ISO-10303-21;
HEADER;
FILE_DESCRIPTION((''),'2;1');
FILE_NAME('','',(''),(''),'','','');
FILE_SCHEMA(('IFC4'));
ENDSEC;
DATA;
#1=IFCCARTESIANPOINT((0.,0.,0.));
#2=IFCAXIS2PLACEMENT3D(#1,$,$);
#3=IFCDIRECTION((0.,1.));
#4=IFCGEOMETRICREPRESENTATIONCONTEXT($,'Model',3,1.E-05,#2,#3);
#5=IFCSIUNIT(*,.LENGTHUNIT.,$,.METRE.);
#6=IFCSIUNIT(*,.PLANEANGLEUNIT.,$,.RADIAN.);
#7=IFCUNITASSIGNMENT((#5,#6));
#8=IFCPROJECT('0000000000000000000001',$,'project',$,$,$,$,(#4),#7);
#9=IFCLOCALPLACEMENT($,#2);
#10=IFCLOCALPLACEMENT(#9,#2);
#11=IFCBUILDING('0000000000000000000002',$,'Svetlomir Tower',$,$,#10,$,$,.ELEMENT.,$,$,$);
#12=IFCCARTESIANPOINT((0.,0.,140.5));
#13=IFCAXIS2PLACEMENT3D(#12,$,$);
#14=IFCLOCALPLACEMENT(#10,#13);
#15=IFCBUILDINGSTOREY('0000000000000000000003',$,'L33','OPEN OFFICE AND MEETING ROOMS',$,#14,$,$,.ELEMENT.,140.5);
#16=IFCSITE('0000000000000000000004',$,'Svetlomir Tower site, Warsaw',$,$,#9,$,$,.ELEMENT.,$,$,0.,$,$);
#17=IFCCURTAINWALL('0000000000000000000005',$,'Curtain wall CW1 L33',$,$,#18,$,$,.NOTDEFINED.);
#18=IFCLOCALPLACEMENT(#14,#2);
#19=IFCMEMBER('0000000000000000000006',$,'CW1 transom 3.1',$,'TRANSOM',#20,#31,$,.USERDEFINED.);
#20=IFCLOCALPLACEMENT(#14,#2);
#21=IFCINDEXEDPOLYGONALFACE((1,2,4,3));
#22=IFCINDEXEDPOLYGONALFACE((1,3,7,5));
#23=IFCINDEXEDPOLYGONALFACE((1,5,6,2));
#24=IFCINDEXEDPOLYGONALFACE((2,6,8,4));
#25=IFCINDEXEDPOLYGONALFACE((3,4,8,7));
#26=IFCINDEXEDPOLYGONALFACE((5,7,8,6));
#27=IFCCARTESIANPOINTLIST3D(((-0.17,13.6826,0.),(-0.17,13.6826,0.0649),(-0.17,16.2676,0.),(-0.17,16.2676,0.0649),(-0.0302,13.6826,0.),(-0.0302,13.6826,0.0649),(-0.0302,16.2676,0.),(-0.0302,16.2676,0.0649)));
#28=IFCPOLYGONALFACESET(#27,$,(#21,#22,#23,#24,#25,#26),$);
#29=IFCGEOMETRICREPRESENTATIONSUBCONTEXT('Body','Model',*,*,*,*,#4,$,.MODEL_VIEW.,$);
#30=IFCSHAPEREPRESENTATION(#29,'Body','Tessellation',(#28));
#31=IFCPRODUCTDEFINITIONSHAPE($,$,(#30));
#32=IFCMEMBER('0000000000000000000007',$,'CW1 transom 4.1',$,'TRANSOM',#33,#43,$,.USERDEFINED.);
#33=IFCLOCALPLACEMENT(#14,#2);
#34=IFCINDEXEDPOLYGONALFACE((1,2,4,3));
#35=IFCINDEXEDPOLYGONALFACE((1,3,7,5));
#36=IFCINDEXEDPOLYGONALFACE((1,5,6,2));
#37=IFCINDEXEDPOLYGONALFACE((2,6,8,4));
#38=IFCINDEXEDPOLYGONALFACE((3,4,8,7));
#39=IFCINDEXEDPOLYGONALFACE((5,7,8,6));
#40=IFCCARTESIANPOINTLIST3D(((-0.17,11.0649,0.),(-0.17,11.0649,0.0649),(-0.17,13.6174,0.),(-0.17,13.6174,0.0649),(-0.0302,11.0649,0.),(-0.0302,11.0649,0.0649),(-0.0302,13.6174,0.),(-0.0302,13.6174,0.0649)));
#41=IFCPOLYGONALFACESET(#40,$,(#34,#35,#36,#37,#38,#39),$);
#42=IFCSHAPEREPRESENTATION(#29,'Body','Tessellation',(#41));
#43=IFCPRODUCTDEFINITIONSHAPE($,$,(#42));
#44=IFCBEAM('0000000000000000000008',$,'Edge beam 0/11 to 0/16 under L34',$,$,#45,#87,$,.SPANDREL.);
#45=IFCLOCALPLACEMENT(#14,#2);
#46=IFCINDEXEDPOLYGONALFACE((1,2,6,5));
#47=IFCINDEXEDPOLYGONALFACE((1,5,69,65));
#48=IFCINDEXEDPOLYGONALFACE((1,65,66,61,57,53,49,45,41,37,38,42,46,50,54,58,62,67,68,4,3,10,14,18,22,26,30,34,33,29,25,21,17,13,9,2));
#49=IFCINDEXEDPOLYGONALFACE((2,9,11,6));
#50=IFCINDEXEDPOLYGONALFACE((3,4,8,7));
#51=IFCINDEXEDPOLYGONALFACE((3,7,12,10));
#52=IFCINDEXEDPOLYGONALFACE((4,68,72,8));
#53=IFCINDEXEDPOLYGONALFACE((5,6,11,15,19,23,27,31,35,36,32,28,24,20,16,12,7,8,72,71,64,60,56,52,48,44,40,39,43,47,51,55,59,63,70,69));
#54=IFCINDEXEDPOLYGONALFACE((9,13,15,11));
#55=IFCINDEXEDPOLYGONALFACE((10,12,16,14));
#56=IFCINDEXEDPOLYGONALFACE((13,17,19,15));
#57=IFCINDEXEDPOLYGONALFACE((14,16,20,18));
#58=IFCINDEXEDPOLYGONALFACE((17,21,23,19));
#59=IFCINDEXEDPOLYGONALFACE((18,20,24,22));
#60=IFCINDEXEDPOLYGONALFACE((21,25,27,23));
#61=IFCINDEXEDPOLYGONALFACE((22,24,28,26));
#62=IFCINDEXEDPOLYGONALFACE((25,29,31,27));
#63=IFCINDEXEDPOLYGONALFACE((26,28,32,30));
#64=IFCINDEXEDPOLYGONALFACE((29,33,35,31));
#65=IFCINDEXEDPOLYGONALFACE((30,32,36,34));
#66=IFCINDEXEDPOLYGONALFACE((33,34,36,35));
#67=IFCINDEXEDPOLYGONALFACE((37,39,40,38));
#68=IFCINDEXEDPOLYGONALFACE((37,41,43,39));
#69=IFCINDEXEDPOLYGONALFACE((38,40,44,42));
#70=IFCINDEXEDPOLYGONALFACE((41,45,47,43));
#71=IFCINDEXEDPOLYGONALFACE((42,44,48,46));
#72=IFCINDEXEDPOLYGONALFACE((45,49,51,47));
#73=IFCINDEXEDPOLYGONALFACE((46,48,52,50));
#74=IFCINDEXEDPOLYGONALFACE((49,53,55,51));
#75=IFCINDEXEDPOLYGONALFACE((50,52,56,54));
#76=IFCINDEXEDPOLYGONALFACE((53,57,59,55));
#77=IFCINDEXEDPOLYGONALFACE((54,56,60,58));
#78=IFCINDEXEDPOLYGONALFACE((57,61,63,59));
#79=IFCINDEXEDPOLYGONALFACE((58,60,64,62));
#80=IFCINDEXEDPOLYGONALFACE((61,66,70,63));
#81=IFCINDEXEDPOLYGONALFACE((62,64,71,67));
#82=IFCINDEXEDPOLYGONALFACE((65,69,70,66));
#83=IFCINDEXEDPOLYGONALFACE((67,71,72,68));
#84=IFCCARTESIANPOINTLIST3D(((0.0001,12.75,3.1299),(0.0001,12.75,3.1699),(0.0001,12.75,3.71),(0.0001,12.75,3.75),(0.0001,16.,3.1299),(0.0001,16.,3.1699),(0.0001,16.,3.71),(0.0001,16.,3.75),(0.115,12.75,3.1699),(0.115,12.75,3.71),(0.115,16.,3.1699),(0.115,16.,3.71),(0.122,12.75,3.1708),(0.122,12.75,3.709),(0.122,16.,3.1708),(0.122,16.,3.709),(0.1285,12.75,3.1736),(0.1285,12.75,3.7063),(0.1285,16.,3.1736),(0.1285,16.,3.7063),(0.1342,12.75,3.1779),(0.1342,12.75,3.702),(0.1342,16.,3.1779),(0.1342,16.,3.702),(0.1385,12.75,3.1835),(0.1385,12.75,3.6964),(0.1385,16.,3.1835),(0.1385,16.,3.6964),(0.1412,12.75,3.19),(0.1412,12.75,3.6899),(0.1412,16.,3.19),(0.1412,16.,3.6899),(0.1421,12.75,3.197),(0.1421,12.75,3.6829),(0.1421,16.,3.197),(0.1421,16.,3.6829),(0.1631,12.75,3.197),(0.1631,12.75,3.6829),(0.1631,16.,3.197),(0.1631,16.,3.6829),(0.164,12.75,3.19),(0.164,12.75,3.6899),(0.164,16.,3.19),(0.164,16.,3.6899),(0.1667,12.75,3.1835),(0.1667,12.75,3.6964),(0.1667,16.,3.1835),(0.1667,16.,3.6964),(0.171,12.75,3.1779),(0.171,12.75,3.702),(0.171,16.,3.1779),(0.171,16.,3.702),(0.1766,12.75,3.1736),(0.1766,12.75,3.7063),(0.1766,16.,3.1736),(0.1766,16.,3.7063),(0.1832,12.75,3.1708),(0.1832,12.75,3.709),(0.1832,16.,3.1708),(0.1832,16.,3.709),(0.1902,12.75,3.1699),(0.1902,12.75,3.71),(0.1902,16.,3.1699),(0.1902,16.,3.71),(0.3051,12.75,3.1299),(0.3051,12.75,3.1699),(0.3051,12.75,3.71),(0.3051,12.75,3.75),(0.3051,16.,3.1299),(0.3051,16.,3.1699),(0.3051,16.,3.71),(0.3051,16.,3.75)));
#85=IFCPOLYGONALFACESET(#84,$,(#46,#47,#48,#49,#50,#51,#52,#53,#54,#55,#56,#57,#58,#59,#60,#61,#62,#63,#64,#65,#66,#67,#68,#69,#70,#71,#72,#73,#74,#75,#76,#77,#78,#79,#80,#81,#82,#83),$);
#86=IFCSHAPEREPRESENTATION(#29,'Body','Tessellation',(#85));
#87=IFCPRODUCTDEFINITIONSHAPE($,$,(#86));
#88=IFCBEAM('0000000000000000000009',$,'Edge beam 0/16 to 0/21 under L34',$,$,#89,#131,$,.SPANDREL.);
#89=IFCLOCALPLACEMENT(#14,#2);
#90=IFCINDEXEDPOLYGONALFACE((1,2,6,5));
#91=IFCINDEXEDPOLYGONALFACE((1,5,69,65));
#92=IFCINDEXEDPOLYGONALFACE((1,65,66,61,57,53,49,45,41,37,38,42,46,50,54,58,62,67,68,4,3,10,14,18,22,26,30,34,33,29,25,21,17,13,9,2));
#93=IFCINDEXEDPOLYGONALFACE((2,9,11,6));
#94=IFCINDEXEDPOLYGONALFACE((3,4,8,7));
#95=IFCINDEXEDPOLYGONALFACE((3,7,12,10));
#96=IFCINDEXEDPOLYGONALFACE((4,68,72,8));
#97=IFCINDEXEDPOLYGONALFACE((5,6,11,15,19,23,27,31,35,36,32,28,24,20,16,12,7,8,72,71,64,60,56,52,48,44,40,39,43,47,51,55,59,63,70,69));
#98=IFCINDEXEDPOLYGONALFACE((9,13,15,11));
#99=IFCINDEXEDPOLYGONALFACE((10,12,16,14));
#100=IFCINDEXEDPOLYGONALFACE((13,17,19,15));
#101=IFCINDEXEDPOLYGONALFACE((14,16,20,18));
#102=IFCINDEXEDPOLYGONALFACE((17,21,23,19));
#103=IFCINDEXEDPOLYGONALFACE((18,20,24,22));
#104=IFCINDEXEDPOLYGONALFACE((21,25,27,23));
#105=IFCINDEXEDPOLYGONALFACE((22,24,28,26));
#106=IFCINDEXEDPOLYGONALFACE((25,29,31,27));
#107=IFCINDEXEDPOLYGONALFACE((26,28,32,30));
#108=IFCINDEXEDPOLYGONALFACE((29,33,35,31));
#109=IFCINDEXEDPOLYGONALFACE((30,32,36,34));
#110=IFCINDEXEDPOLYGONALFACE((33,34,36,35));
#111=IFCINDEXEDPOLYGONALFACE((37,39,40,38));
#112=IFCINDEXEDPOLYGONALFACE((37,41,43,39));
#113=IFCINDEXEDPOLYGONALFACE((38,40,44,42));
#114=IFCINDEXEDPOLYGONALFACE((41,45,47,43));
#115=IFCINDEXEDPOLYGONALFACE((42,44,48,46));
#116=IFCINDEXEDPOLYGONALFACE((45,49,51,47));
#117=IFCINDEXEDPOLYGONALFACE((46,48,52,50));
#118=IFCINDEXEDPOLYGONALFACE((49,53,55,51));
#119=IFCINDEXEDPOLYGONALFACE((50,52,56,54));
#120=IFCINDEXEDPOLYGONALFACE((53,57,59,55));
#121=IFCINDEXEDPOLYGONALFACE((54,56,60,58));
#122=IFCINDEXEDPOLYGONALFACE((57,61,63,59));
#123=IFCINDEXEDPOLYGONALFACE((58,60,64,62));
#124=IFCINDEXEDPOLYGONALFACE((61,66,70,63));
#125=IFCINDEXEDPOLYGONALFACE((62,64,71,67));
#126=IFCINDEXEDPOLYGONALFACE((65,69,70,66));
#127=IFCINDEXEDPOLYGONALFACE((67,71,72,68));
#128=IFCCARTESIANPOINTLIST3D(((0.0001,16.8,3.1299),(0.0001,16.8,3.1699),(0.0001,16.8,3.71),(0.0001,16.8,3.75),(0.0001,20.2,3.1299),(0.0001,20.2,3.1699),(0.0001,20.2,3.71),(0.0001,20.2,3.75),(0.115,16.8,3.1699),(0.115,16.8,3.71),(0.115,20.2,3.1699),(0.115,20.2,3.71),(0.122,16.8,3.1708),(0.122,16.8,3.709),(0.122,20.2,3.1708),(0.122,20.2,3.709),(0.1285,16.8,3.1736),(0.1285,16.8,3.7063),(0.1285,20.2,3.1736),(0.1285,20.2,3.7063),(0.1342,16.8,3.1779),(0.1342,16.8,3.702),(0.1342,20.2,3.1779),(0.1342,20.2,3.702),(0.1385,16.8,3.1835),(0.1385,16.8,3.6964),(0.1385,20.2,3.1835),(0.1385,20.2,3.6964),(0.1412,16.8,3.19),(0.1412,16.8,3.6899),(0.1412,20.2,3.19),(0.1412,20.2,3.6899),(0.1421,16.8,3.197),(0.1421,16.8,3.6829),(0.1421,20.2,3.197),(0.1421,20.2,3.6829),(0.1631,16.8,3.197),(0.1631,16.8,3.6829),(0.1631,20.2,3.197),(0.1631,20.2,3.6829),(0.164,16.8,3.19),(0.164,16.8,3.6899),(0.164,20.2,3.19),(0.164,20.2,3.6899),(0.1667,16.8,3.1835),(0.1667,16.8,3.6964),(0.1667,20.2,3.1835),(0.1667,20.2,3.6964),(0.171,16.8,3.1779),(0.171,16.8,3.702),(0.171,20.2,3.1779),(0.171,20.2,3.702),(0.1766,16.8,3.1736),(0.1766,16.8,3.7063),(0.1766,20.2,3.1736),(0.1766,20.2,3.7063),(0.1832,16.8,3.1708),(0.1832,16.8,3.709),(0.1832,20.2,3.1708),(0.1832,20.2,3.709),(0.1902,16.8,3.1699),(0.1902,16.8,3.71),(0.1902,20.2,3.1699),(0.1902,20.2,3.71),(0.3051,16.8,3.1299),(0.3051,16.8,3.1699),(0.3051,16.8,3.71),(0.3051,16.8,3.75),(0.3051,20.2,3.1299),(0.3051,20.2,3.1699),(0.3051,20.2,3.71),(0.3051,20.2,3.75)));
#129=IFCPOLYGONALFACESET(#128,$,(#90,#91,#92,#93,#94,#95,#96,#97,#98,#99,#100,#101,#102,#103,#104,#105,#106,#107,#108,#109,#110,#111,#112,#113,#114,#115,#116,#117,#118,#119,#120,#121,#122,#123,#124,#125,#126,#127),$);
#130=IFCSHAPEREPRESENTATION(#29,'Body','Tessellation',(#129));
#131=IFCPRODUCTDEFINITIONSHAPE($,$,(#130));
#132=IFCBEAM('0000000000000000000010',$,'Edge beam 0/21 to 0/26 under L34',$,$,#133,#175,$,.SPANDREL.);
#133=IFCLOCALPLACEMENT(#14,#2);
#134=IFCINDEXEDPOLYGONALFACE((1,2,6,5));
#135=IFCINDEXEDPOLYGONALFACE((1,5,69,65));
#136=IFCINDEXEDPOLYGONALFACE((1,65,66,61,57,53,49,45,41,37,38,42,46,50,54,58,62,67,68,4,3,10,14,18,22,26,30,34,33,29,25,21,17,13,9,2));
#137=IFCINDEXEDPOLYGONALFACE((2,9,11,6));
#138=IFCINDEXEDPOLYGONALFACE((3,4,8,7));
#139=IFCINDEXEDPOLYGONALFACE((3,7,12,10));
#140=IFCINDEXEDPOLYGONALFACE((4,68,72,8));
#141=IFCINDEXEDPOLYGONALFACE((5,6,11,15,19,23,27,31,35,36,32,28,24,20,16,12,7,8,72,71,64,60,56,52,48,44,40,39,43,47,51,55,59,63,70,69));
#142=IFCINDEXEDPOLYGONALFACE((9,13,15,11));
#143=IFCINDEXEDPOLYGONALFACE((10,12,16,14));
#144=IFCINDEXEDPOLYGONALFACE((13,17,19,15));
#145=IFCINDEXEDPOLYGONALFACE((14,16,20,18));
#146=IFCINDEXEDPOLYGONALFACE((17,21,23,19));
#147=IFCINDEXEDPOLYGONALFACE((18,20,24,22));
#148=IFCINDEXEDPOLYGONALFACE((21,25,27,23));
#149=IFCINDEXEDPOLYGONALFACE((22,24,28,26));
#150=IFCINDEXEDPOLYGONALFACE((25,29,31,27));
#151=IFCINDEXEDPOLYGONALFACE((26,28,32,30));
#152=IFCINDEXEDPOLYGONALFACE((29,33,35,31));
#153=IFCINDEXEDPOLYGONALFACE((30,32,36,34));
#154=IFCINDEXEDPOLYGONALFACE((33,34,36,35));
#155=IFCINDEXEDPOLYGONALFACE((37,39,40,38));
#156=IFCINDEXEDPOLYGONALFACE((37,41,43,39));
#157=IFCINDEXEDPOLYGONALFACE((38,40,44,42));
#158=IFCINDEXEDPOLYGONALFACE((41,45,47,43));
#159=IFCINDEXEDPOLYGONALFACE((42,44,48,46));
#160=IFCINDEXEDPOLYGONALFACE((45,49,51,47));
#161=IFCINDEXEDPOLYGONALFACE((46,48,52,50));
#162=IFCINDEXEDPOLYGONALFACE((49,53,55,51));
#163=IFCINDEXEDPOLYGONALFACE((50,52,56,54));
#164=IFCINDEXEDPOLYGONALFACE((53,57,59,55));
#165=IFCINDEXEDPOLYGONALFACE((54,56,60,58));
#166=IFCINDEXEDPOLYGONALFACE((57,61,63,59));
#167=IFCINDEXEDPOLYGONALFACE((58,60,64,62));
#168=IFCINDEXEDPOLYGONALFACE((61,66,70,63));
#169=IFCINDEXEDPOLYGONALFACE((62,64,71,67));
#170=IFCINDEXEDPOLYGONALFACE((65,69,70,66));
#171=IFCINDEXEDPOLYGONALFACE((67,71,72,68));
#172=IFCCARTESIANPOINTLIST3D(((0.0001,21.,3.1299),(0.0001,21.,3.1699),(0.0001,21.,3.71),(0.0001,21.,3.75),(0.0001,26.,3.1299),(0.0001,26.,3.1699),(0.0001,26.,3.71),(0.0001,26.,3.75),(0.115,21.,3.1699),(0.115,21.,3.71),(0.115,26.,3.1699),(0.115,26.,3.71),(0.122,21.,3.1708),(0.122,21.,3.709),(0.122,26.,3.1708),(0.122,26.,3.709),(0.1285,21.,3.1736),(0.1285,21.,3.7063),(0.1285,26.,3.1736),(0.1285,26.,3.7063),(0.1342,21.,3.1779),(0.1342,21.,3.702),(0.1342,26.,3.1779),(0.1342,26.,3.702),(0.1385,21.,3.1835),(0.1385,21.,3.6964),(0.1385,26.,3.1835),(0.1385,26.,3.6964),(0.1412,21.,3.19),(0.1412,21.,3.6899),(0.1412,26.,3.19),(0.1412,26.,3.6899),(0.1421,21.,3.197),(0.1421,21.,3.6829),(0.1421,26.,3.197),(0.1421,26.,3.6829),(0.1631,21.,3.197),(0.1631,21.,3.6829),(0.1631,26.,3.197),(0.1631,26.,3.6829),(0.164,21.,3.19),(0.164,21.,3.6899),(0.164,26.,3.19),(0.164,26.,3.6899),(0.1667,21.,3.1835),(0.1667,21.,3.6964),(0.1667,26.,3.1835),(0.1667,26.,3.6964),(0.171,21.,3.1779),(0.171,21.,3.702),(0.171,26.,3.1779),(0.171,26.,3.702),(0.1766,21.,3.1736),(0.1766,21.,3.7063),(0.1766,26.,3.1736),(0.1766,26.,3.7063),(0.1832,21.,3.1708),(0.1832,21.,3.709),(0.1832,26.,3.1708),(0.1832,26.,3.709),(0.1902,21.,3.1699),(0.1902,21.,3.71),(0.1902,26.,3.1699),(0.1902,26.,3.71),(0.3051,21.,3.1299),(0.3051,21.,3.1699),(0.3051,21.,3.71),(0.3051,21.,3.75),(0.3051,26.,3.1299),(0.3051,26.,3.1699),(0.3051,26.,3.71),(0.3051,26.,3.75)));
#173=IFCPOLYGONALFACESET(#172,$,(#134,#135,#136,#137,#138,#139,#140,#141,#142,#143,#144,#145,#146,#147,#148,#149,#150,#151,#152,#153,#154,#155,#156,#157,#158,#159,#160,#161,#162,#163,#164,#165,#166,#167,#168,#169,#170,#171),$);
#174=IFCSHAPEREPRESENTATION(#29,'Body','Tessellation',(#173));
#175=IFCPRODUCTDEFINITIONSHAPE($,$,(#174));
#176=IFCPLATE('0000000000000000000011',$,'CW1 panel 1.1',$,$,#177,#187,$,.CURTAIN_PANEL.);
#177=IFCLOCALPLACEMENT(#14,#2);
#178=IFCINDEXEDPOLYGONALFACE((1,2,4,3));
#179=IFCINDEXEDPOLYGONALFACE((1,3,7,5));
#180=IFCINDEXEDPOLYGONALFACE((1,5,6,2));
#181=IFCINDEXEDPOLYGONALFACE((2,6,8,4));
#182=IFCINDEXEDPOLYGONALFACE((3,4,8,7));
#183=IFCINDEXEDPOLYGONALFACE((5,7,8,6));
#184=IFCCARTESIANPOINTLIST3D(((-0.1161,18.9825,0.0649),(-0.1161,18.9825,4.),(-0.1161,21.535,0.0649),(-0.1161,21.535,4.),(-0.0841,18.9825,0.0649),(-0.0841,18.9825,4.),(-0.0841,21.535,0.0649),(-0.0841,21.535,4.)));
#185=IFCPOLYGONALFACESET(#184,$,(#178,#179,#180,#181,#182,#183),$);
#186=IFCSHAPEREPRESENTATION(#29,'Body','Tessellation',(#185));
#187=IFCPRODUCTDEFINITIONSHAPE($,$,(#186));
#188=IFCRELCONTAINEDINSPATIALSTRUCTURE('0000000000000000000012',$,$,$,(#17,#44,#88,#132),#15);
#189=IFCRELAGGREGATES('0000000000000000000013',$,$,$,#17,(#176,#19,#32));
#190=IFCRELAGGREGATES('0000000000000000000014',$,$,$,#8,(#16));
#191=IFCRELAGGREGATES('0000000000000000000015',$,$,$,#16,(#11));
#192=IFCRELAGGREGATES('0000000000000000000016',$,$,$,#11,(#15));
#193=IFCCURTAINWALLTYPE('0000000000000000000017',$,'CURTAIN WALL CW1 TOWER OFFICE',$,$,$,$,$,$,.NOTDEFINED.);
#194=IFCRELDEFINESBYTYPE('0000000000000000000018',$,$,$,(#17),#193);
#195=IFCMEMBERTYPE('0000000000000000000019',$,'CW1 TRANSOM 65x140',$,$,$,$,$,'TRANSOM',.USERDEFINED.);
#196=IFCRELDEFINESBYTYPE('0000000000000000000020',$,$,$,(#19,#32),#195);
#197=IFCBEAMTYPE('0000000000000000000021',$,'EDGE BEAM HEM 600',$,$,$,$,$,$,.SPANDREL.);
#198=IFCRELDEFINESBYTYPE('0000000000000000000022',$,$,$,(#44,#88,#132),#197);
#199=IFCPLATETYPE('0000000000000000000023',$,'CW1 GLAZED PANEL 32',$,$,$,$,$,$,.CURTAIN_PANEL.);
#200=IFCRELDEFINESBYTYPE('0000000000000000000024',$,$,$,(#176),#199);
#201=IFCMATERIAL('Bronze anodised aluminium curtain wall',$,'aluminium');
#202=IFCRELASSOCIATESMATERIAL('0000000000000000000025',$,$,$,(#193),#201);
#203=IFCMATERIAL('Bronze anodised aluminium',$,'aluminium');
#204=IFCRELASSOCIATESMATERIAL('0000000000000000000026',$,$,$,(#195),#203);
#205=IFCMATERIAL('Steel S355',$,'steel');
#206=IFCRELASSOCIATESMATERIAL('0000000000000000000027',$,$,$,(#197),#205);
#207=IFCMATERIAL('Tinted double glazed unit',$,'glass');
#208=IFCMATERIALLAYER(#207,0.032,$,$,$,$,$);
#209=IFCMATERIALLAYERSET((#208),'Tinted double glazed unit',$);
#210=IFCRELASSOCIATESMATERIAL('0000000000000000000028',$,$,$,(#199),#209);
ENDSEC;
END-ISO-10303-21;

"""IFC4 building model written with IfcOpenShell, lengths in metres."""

from ifc_helpers import new_model, si_unit, direction, frame, origin, origin_2d, place, context, subcontext, project, spatial, rectangle, i_section, extrude, material, layer, layer_set, material_profile, profile_set, type_object, element, aggregate, save


model = new_model("IFC4")

# Units and contexts
model_context = context("Model", 3, precision=1e-05, world=origin(), true_north=direction((0.0, 1.0)))
body_context = subcontext(model_context, "Body", "Model", "MODEL_VIEW")
ifc_project = project(units=[si_unit("LENGTHUNIT", "METRE"), si_unit("PLANEANGLEUNIT", "RADIAN")], contexts=[model_context])

# Site, building, storey
site_placement = place(None, origin())
site = spatial("IfcSite", under=ifc_project, at=site_placement, Name="Svetlomir Tower site, Warsaw", CompositionType="ELEMENT", RefElevation=0.0)
building_placement = place(site_placement, origin())
building = spatial("IfcBuilding", under=site, at=building_placement, Name="Svetlomir Tower", CompositionType="ELEMENT")
storey_placement = place(building_placement, frame((0.0, 0.0, 140.5)))
storey = spatial("IfcBuildingStorey", under=building, at=storey_placement, Name="L33", Description="OPEN OFFICE AND MEETING ROOMS", CompositionType="ELEMENT", Elevation=140.5)

# Curtain wall, members
ifc_material_1 = material(Name="Bronze anodised aluminium curtain wall", Category="aluminium")
curtain_wall_type = type_object("IfcCurtainWallType", Name="CURTAIN WALL CW1 TOWER OFFICE", PredefinedType="NOTDEFINED", material=ifc_material_1)
curtain_wall_placement = place(storey_placement, origin())
curtain_wall = element("IfcCurtainWall", 1, at=curtain_wall_placement, inside=storey, type_object=curtain_wall_type, Name="Curtain wall CW1 L33", PredefinedType="NOTDEFINED")
ifc_material_2 = material(Name="Bronze anodised aluminium", Category="aluminium")
ifc_material_profile_1 = material_profile(ifc_material_2, rectangle(XDim=0.1399, YDim=0.0649, at=origin_2d()), Name="AL 140x65")
ifc_profile_set_1 = profile_set([ifc_material_profile_1], Name="Bronze anodised aluminium 6063-T6")
member_type_1 = type_object("IfcMemberType", Name="CW1 TRANSOM 65x140", ElementType="TRANSOM", PredefinedType="USERDEFINED", material=ifc_profile_set_1)
member_1_placement = place(storey_placement, frame((-0.1001, 16.2676, 0.0325), z_axis=(0.0, -1.0, 0.0), x_axis=(1.0, 0.0, 0.0)))
member_1 = element("IfcMember", 2, at=member_1_placement, type_object=member_type_1, Name="CW1 transom 3.1", ObjectType="TRANSOM", PredefinedType="USERDEFINED", context=body_context, shape_type="SweptSolid", body=[
    extrude(rectangle(XDim=0.1399, YDim=0.0649, at=origin_2d()), origin(), (0.0, 0.0, 1.0), 2.585),
])
member_2_placement = place(storey_placement, frame((-0.1001, 13.6174, 0.0325), z_axis=(0.0, -1.0, 0.0), x_axis=(1.0, 0.0, 0.0)))
member_2 = element("IfcMember", 3, at=member_2_placement, type_object=member_type_1, Name="CW1 transom 4.1", ObjectType="TRANSOM", PredefinedType="USERDEFINED", context=body_context, shape_type="SweptSolid", body=[
    extrude(rectangle(XDim=0.1399, YDim=0.0649, at=origin_2d()), origin(), (0.0, 0.0, 1.0), 2.5525),
])

# Beams
ifc_material_3 = material(Name="Steel S355", Category="steel")
ifc_material_profile_2 = material_profile(ifc_material_3, i_section(OverallWidth=0.3049, OverallDepth=0.6201, WebThickness=0.021, FlangeThickness=0.04, FilletRadius=0.0271, at=origin_2d()), Name="HEM 600")
ifc_profile_set_2 = profile_set([ifc_material_profile_2], Name="Steel S355")
beam_type_1 = type_object("IfcBeamType", Name="EDGE BEAM HEM 600", PredefinedType="SPANDREL", material=ifc_profile_set_2)
beam_1_placement = place(storey_placement, frame((0.1526, 12.75, 3.4399), z_axis=(0.0, 1.0, 0.0), x_axis=(-1.0, 0.0, 0.0)))
element("IfcBeam", 4, at=beam_1_placement, inside=storey, type_object=beam_type_1, Name="Edge beam 0/11 to 0/16 under L34", PredefinedType="SPANDREL", context=body_context, shape_type="SweptSolid", body=[
    extrude(i_section(OverallWidth=0.3049, OverallDepth=0.6201, WebThickness=0.021, FlangeThickness=0.04, FilletRadius=0.0271, at=origin_2d()), origin(), (0.0, 0.0, 1.0), 3.25),
])
beam_2_placement = place(storey_placement, frame((0.1526, 16.8, 3.4399), z_axis=(0.0, 1.0, 0.0), x_axis=(-1.0, 0.0, 0.0)))
element("IfcBeam", 5, at=beam_2_placement, inside=storey, type_object=beam_type_1, Name="Edge beam 0/16 to 0/21 under L34", PredefinedType="SPANDREL", context=body_context, shape_type="SweptSolid", body=[
    extrude(i_section(OverallWidth=0.3049, OverallDepth=0.6201, WebThickness=0.021, FlangeThickness=0.04, FilletRadius=0.0271, at=origin_2d()), origin(), (0.0, 0.0, 1.0), 3.3999),
])
beam_3_placement = place(storey_placement, frame((0.1526, 21.0, 3.4399), z_axis=(0.0, 1.0, 0.0), x_axis=(-1.0, 0.0, 0.0)))
element("IfcBeam", 6, at=beam_3_placement, inside=storey, type_object=beam_type_1, Name="Edge beam 0/21 to 0/26 under L34", PredefinedType="SPANDREL", context=body_context, shape_type="SweptSolid", body=[
    extrude(i_section(OverallWidth=0.3049, OverallDepth=0.6201, WebThickness=0.021, FlangeThickness=0.04, FilletRadius=0.0271, at=origin_2d()), origin(), (0.0, 0.0, 1.0), 5.0),
])

# Plate
ifc_material_4 = material(Name="Tinted double glazed unit", Category="glass")
ifc_layer_1 = layer(ifc_material_4, 0.032)
ifc_layer_set_1 = layer_set([ifc_layer_1], Name="Tinted double glazed unit")
plate_type = type_object("IfcPlateType", Name="CW1 GLAZED PANEL 32", PredefinedType="CURTAIN_PANEL", material=ifc_layer_set_1)
plate_1_placement = place(storey_placement, frame((-0.1001, 20.2588, 0.0649), z_axis=(0.0, 0.0, 1.0), x_axis=(0.0, -1.0, 0.0)))
plate_1 = element("IfcPlate", 7, at=plate_1_placement, type_object=plate_type, Name="CW1 panel 1.1", PredefinedType="CURTAIN_PANEL", context=body_context, shape_type="SweptSolid", body=[
    extrude(rectangle(XDim=2.5525, YDim=0.032, at=origin_2d()), origin(), (0.0, 0.0, 1.0), 3.9351),
])
aggregate(curtain_wall, [plate_1, member_1, member_2])

save(model, "model.ifc")
